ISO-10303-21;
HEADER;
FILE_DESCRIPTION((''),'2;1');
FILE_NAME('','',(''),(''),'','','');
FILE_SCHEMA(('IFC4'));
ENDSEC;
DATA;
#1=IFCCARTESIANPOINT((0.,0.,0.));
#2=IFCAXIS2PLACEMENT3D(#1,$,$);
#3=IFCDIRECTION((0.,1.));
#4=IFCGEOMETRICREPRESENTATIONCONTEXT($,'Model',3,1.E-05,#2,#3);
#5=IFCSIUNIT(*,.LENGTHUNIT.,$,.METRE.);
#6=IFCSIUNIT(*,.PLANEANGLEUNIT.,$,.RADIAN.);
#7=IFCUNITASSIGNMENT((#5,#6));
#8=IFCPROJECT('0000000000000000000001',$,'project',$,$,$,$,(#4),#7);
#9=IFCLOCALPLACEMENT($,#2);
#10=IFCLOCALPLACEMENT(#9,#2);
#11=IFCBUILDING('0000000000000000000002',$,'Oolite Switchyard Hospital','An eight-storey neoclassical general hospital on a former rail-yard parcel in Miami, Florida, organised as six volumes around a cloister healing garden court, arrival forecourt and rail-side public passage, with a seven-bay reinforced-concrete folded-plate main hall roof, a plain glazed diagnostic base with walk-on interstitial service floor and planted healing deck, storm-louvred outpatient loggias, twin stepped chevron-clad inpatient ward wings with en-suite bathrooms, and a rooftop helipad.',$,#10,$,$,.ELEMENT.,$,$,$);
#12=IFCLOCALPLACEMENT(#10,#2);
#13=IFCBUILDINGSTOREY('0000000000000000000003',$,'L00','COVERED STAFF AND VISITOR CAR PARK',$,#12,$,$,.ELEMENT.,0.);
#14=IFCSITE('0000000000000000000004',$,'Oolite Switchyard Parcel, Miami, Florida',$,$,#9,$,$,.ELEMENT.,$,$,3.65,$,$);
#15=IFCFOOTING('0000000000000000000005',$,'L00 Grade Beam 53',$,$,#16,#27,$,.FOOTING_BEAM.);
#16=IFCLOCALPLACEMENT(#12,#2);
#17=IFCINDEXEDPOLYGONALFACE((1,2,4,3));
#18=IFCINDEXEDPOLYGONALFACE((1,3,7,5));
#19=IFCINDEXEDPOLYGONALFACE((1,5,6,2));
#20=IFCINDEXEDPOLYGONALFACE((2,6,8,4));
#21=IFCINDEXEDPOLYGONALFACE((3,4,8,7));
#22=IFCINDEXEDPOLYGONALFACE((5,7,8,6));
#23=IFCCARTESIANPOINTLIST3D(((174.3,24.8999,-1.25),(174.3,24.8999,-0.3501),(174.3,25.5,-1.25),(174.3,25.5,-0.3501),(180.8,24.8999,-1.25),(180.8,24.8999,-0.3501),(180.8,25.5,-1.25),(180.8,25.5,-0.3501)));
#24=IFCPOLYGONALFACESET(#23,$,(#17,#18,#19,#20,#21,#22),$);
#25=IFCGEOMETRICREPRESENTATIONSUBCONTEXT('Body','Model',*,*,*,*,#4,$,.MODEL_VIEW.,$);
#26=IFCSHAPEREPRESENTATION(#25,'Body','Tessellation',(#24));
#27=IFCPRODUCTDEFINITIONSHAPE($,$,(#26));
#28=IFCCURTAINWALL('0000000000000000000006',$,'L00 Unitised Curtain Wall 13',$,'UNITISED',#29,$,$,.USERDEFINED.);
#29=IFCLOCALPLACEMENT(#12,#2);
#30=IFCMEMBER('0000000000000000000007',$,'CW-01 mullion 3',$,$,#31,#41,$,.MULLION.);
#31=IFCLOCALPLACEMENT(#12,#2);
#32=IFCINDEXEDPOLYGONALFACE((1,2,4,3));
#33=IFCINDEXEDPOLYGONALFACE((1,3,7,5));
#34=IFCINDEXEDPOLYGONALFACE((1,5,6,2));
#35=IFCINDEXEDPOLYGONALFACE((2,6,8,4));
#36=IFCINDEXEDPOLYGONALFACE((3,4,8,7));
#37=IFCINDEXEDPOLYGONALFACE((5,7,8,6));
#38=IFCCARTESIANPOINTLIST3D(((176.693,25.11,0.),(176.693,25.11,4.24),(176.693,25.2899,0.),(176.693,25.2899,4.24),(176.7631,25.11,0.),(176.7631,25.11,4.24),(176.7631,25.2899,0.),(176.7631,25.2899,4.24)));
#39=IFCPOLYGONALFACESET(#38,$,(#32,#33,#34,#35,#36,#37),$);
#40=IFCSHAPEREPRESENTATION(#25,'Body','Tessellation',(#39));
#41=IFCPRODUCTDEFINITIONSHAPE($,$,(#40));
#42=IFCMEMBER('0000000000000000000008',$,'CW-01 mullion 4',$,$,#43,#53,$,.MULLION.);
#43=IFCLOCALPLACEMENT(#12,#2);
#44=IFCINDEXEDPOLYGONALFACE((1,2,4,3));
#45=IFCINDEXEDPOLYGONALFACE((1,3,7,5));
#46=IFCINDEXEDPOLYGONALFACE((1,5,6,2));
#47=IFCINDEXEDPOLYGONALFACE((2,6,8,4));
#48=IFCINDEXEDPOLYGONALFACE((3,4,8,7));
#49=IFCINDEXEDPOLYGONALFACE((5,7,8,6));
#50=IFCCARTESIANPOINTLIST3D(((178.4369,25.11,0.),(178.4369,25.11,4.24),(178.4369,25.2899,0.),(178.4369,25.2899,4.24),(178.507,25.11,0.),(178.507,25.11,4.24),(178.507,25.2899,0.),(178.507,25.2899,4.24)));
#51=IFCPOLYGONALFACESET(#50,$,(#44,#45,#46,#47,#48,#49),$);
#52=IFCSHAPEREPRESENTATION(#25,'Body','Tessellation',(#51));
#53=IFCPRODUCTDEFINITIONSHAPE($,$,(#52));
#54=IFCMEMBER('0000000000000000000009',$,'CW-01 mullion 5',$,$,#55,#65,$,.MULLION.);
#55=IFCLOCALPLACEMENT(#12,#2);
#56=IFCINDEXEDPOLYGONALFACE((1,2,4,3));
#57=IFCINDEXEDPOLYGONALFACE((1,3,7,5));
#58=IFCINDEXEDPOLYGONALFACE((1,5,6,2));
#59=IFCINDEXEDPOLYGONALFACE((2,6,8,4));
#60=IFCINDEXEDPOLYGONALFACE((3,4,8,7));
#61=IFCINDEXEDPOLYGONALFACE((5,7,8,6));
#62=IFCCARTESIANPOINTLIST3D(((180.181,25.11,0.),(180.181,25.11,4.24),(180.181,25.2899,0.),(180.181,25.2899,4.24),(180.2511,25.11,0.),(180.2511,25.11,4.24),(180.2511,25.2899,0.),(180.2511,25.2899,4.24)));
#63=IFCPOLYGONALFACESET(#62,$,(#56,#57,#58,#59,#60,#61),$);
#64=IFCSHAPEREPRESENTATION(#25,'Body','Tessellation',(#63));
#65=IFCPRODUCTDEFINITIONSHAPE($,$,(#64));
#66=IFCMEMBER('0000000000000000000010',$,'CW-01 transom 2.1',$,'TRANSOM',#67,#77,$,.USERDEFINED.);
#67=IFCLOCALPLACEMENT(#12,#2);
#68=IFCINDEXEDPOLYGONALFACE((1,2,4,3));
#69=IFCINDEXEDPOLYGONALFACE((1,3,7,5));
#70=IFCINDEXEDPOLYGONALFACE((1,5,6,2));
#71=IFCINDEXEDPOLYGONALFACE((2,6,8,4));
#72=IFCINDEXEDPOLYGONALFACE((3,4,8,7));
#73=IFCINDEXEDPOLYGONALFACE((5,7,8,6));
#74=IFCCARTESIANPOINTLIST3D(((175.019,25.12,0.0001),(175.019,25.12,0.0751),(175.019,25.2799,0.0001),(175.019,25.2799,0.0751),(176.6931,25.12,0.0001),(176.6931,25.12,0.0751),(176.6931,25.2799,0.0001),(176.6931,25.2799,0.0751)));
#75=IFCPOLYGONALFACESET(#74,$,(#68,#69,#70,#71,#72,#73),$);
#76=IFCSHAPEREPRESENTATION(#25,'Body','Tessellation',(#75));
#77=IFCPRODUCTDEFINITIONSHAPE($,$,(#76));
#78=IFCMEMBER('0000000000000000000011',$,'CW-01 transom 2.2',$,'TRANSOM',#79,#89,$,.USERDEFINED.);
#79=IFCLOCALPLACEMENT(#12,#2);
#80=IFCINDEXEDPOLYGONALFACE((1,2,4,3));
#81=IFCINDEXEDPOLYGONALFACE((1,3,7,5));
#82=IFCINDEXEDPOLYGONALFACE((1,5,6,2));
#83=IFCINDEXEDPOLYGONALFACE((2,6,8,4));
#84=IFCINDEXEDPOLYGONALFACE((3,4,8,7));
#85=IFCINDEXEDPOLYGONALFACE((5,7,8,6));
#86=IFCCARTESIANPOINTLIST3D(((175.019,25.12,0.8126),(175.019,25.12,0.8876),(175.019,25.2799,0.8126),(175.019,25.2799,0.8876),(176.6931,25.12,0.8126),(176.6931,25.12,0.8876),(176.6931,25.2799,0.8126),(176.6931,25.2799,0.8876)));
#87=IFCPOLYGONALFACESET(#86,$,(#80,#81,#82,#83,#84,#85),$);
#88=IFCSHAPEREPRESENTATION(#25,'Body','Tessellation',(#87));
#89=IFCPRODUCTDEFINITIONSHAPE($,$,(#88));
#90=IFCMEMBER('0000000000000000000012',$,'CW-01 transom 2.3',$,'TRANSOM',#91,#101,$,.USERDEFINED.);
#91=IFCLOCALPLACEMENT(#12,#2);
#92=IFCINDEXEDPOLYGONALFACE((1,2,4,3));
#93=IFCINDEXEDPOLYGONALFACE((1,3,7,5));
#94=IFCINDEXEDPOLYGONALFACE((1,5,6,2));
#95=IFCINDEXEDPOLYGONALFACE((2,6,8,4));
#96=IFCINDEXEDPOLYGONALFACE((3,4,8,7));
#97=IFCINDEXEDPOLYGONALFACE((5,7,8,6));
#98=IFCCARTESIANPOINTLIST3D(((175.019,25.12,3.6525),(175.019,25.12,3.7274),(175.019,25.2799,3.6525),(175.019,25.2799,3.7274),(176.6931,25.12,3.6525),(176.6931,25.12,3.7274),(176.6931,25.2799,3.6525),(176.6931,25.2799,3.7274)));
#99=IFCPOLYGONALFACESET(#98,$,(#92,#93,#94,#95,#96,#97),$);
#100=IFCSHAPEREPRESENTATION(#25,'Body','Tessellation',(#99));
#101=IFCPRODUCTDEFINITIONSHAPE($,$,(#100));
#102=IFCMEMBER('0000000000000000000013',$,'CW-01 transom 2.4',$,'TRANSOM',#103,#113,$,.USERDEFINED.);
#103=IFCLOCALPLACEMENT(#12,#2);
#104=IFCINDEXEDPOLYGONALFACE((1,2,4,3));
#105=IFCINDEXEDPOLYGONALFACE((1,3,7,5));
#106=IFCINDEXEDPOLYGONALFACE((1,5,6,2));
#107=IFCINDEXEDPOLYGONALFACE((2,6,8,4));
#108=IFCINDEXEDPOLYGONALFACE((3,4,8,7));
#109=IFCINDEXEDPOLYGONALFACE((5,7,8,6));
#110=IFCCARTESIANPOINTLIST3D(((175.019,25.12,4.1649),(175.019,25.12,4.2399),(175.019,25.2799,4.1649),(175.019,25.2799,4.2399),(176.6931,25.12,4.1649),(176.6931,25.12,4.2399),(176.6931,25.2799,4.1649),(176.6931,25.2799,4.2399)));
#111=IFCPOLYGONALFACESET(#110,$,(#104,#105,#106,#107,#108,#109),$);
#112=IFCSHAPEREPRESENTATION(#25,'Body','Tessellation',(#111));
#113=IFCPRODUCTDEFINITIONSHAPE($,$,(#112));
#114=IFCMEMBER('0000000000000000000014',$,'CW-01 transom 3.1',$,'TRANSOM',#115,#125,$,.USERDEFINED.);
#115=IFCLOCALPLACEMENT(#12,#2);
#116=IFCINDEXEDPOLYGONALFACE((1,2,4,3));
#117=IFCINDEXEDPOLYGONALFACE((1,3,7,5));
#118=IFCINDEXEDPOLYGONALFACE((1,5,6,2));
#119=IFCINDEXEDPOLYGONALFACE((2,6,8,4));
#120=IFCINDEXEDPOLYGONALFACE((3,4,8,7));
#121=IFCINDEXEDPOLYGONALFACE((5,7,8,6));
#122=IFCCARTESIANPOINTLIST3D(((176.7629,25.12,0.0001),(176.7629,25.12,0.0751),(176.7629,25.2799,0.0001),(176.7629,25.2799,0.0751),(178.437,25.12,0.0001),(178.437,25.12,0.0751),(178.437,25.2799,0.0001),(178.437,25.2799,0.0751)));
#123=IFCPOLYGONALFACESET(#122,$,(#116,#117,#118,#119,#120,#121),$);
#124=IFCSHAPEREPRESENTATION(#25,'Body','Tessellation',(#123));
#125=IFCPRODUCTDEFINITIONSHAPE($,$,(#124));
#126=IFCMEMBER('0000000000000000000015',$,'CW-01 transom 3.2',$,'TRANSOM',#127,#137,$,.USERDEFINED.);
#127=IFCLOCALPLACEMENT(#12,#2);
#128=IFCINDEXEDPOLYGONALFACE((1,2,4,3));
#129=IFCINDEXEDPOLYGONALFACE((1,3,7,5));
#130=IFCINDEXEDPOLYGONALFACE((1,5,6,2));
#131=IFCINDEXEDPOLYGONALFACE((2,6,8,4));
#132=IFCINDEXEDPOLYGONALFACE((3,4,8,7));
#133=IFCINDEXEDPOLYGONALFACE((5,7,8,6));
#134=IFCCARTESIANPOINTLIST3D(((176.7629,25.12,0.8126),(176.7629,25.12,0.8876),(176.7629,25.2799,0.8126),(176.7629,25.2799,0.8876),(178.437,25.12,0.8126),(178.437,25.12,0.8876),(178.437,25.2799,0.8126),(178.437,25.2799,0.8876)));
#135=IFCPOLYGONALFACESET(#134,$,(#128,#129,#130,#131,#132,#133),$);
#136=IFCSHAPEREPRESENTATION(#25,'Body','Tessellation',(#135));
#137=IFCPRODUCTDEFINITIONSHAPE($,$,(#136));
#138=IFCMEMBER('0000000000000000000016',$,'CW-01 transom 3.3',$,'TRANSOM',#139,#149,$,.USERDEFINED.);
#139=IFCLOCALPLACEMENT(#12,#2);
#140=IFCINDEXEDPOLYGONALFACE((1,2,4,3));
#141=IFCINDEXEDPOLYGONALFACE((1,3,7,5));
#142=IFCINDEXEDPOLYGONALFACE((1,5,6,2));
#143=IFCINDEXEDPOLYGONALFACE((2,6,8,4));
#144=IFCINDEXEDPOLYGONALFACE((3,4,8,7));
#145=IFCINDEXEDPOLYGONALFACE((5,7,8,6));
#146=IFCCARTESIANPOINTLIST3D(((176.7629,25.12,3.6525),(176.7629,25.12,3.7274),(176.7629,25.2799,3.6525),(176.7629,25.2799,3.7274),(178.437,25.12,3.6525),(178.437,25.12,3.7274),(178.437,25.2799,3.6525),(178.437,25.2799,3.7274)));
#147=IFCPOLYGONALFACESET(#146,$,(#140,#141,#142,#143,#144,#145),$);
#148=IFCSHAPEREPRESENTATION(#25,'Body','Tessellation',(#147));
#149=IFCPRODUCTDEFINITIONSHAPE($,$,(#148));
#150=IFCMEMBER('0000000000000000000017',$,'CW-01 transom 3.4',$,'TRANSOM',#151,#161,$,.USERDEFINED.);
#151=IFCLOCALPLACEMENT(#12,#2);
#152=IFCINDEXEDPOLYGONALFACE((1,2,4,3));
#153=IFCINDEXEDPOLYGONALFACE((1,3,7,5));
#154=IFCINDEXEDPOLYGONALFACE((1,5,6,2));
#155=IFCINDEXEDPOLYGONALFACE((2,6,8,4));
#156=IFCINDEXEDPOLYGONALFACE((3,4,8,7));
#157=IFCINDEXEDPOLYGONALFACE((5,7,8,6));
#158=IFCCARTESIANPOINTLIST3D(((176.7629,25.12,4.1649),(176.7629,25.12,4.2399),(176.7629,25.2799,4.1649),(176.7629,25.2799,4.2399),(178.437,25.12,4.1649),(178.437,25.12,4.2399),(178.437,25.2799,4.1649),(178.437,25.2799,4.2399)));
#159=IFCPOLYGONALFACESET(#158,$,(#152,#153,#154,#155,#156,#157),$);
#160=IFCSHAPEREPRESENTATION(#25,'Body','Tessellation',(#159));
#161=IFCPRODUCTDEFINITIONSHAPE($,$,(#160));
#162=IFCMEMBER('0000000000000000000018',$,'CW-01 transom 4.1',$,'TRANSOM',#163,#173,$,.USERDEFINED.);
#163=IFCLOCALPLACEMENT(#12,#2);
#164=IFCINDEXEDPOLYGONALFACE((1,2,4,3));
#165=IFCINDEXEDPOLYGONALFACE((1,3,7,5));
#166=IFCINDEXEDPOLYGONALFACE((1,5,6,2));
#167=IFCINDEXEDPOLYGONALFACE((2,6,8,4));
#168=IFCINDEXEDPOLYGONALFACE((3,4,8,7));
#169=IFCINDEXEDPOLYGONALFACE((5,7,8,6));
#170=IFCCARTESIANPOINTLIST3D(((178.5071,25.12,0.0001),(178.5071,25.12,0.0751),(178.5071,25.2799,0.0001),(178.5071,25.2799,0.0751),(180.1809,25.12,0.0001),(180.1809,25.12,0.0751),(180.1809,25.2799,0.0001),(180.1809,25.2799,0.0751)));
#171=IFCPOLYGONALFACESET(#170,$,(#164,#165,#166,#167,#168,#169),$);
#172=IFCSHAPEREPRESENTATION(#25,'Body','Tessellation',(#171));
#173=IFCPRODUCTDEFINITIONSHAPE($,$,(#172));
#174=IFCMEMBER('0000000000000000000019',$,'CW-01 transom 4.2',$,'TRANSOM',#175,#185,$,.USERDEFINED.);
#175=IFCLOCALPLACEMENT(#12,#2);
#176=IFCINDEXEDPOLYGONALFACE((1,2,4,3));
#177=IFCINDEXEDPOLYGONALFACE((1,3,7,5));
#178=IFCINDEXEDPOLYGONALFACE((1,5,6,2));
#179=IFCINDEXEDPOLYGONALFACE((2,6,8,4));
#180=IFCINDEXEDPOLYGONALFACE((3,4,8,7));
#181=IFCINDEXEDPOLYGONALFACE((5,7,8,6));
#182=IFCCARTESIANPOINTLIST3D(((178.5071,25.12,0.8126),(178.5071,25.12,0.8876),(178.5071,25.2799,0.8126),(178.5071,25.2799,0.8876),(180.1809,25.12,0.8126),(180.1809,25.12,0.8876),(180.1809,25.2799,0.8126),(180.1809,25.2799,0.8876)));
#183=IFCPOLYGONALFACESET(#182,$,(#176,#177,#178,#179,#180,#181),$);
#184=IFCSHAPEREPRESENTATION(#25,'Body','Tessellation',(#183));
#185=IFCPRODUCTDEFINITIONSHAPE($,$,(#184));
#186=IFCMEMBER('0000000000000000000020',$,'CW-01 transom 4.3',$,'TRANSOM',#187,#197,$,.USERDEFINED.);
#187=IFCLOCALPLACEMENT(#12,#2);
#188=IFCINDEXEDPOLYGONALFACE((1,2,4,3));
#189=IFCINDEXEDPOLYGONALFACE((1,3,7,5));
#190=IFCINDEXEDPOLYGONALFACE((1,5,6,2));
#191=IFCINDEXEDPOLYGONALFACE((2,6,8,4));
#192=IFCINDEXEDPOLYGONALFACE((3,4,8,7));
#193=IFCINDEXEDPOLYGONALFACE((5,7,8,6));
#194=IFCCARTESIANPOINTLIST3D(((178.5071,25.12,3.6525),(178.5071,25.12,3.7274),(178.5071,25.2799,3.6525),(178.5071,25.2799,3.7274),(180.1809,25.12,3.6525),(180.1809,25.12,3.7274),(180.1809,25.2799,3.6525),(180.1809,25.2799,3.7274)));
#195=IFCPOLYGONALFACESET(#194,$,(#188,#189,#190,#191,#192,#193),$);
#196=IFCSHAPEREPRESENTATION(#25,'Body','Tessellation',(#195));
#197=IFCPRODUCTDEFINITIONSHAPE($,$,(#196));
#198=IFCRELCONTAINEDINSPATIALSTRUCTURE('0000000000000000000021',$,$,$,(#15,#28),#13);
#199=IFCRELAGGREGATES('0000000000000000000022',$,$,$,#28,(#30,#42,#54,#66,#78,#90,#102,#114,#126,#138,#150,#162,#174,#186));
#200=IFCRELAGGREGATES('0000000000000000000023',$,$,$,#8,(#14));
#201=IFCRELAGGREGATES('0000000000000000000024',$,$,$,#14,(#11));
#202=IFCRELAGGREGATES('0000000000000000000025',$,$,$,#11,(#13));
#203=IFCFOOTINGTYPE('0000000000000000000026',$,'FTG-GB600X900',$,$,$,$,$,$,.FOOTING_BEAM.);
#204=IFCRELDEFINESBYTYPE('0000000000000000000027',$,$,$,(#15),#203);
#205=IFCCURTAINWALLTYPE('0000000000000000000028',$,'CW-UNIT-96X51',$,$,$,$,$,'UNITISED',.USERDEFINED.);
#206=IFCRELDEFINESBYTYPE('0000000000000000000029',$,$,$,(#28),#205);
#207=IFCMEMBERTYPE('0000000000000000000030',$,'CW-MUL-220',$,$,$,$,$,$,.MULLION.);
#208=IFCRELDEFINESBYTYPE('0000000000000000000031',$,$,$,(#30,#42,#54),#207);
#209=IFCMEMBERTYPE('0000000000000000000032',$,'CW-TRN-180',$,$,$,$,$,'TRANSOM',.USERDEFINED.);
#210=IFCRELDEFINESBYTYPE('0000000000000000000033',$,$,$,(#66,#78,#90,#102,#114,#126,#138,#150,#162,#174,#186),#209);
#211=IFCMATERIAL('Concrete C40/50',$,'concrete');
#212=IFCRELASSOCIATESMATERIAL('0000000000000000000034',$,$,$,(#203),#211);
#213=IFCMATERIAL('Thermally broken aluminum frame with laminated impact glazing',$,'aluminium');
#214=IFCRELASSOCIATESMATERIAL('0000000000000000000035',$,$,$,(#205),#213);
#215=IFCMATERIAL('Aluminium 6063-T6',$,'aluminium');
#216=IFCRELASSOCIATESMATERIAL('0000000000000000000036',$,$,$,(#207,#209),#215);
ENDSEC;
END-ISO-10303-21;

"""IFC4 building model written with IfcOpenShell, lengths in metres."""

from ifc_helpers import new_model, si_unit, direction, frame, origin, origin_2d, place, context, subcontext, project, spatial, rectangle, extrude, material, material_profile, profile_set, type_object, element, aggregate, save


model = new_model("IFC4")

# Units and contexts
model_context = context("Model", 3, precision=1e-05, world=origin(), true_north=direction((0.0, 1.0)))
body_context = subcontext(model_context, "Body", "Model", "MODEL_VIEW")
ifc_project = project(units=[si_unit("LENGTHUNIT", "METRE"), si_unit("PLANEANGLEUNIT", "RADIAN")], contexts=[model_context])

# Site, building, storey
site_placement = place(None, origin())
site = spatial("IfcSite", under=ifc_project, at=site_placement, Name="Oolite Switchyard Parcel, Miami, Florida", CompositionType="ELEMENT", RefElevation=3.65)
building_placement = place(site_placement, origin())
building = spatial("IfcBuilding", under=site, at=building_placement, Name="Oolite Switchyard Hospital", Description="An eight-storey neoclassical general hospital on a former rail-yard parcel in Miami, Florida, organised as six volumes around a cloister healing garden court, arrival forecourt and rail-side public passage, with a seven-bay reinforced-concrete folded-plate main hall roof, a plain glazed diagnostic base with walk-on interstitial service floor and planted healing deck, storm-louvred outpatient loggias, twin stepped chevron-clad inpatient ward wings with en-suite bathrooms, and a rooftop helipad.", CompositionType="ELEMENT")
storey_placement = place(building_placement, origin())
storey = spatial("IfcBuildingStorey", under=building, at=storey_placement, Name="L00", Description="COVERED STAFF AND VISITOR CAR PARK", CompositionType="ELEMENT", Elevation=0.0)

# Footing
ifc_material_1 = material(Name="Concrete C40/50", Category="concrete")
footing_type = type_object("IfcFootingType", Name="FTG-GB600X900", PredefinedType="FOOTING_BEAM", material=ifc_material_1)
footing_placement = place(storey_placement, frame((177.55, 25.2, -1.25), z_axis=(0.0, 0.0, 1.0), x_axis=(1.0, 0.0, 0.0)))
element("IfcFooting", 1, at=footing_placement, inside=storey, type_object=footing_type, Name="L00 Grade Beam 53", PredefinedType="FOOTING_BEAM", context=body_context, shape_type="SweptSolid", body=[
    extrude(rectangle(XDim=6.5, YDim=0.6001, at=origin_2d()), origin(), (0.0, 0.0, 1.0), 0.8999),
])

# Curtain wall, members
ifc_material_2 = material(Name="Thermally broken aluminum frame with laminated impact glazing", Category="aluminium")
curtain_wall_type = type_object("IfcCurtainWallType", Name="CW-UNIT-96X51", ElementType="UNITISED", PredefinedType="USERDEFINED", material=ifc_material_2)
curtain_wall_placement = place(storey_placement, origin())
curtain_wall = element("IfcCurtainWall", 2, at=curtain_wall_placement, inside=storey, type_object=curtain_wall_type, Name="L00 Unitised Curtain Wall 13", ObjectType="UNITISED", PredefinedType="USERDEFINED")
ifc_material_3 = material(Name="Aluminium 6063-T6", Category="aluminium")
ifc_material_profile_1 = material_profile(ifc_material_3, rectangle(XDim=0.1799, YDim=0.0701, at=origin_2d()), Name="CWM70X180")
ifc_profile_set_1 = profile_set([ifc_material_profile_1], Name="Aluminium 6063-T6")
member_type_1 = type_object("IfcMemberType", Name="CW-MUL-220", PredefinedType="MULLION", material=ifc_profile_set_1)
member_1_placement = place(storey_placement, frame((176.728, 25.2, 0.0), z_axis=(0.0, 0.0, 1.0), x_axis=(0.0, 1.0, 0.0)))
member_1 = element("IfcMember", 3, at=member_1_placement, type_object=member_type_1, Name="CW-01 mullion 3", PredefinedType="MULLION", context=body_context, shape_type="SweptSolid", body=[
    extrude(rectangle(XDim=0.1799, YDim=0.0701, at=origin_2d()), origin(), (0.0, 0.0, 1.0), 4.24),
])
member_2_placement = place(storey_placement, frame((178.4719, 25.2, 0.0), z_axis=(0.0, 0.0, 1.0), x_axis=(0.0, 1.0, 0.0)))
member_2 = element("IfcMember", 4, at=member_2_placement, type_object=member_type_1, Name="CW-01 mullion 4", PredefinedType="MULLION", context=body_context, shape_type="SweptSolid", body=[
    extrude(rectangle(XDim=0.1799, YDim=0.0701, at=origin_2d()), origin(), (0.0, 0.0, 1.0), 4.24),
])
member_3_placement = place(storey_placement, frame((180.2161, 25.2, 0.0), z_axis=(0.0, 0.0, 1.0), x_axis=(0.0, 1.0, 0.0)))
member_3 = element("IfcMember", 5, at=member_3_placement, type_object=member_type_1, Name="CW-01 mullion 5", PredefinedType="MULLION", context=body_context, shape_type="SweptSolid", body=[
    extrude(rectangle(XDim=0.1799, YDim=0.0701, at=origin_2d()), origin(), (0.0, 0.0, 1.0), 4.24),
])
ifc_material_profile_2 = material_profile(ifc_material_3, rectangle(XDim=0.1599, YDim=0.075, at=origin_2d()), Name="CWT75X160")
ifc_profile_set_2 = profile_set([ifc_material_profile_2], Name="Aluminium 6063-T6")
member_type_2 = type_object("IfcMemberType", Name="CW-TRN-180", ElementType="TRANSOM", PredefinedType="USERDEFINED", material=ifc_profile_set_2)
member_4_placement = place(storey_placement, frame((175.019, 25.2, 0.0376), z_axis=(1.0, 0.0, 0.0), x_axis=(0.0, 1.0, 0.0)))
member_4 = element("IfcMember", 6, at=member_4_placement, type_object=member_type_2, Name="CW-01 transom 2.1", ObjectType="TRANSOM", PredefinedType="USERDEFINED", context=body_context, shape_type="SweptSolid", body=[
    extrude(rectangle(XDim=0.1599, YDim=0.075, at=origin_2d()), origin(), (0.0, 0.0, 1.0), 1.6741),
])
member_5_placement = place(storey_placement, frame((175.019, 25.2, 0.8501), z_axis=(1.0, 0.0, 0.0), x_axis=(0.0, 1.0, 0.0)))
member_5 = element("IfcMember", 7, at=member_5_placement, type_object=member_type_2, Name="CW-01 transom 2.2", ObjectType="TRANSOM", PredefinedType="USERDEFINED", context=body_context, shape_type="SweptSolid", body=[
    extrude(rectangle(XDim=0.1599, YDim=0.075, at=origin_2d()), origin(), (0.0, 0.0, 1.0), 1.6741),
])
member_6_placement = place(storey_placement, frame((175.019, 25.2, 3.6899), z_axis=(1.0, 0.0, 0.0), x_axis=(0.0, 1.0, 0.0)))
member_6 = element("IfcMember", 8, at=member_6_placement, type_object=member_type_2, Name="CW-01 transom 2.3", ObjectType="TRANSOM", PredefinedType="USERDEFINED", context=body_context, shape_type="SweptSolid", body=[
    extrude(rectangle(XDim=0.1599, YDim=0.075, at=origin_2d()), origin(), (0.0, 0.0, 1.0), 1.6741),
])
member_7_placement = place(storey_placement, frame((175.019, 25.2, 4.2024), z_axis=(1.0, 0.0, 0.0), x_axis=(0.0, 1.0, 0.0)))
member_7 = element("IfcMember", 9, at=member_7_placement, type_object=member_type_2, Name="CW-01 transom 2.4", ObjectType="TRANSOM", PredefinedType="USERDEFINED", context=body_context, shape_type="SweptSolid", body=[
    extrude(rectangle(XDim=0.1599, YDim=0.075, at=origin_2d()), origin(), (0.0, 0.0, 1.0), 1.6741),
])
member_8_placement = place(storey_placement, frame((176.7629, 25.2, 0.0376), z_axis=(1.0, 0.0, 0.0), x_axis=(0.0, 1.0, 0.0)))
member_8 = element("IfcMember", 10, at=member_8_placement, type_object=member_type_2, Name="CW-01 transom 3.1", ObjectType="TRANSOM", PredefinedType="USERDEFINED", context=body_context, shape_type="SweptSolid", body=[
    extrude(rectangle(XDim=0.1599, YDim=0.075, at=origin_2d()), origin(), (0.0, 0.0, 1.0), 1.6741),
])
member_9_placement = place(storey_placement, frame((176.7629, 25.2, 0.8501), z_axis=(1.0, 0.0, 0.0), x_axis=(0.0, 1.0, 0.0)))
member_9 = element("IfcMember", 11, at=member_9_placement, type_object=member_type_2, Name="CW-01 transom 3.2", ObjectType="TRANSOM", PredefinedType="USERDEFINED", context=body_context, shape_type="SweptSolid", body=[
    extrude(rectangle(XDim=0.1599, YDim=0.075, at=origin_2d()), origin(), (0.0, 0.0, 1.0), 1.6741),
])
member_10_placement = place(storey_placement, frame((176.7629, 25.2, 3.6899), z_axis=(1.0, 0.0, 0.0), x_axis=(0.0, 1.0, 0.0)))
member_10 = element("IfcMember", 12, at=member_10_placement, type_object=member_type_2, Name="CW-01 transom 3.3", ObjectType="TRANSOM", PredefinedType="USERDEFINED", context=body_context, shape_type="SweptSolid", body=[
    extrude(rectangle(XDim=0.1599, YDim=0.075, at=origin_2d()), origin(), (0.0, 0.0, 1.0), 1.6741),
])
member_11_placement = place(storey_placement, frame((176.7629, 25.2, 4.2024), z_axis=(1.0, 0.0, 0.0), x_axis=(0.0, 1.0, 0.0)))
member_11 = element("IfcMember", 13, at=member_11_placement, type_object=member_type_2, Name="CW-01 transom 3.4", ObjectType="TRANSOM", PredefinedType="USERDEFINED", context=body_context, shape_type="SweptSolid", body=[
    extrude(rectangle(XDim=0.1599, YDim=0.075, at=origin_2d()), origin(), (0.0, 0.0, 1.0), 1.6741),
])
member_12_placement = place(storey_placement, frame((178.5071, 25.2, 0.0376), z_axis=(1.0, 0.0, 0.0), x_axis=(0.0, 1.0, 0.0)))
member_12 = element("IfcMember", 14, at=member_12_placement, type_object=member_type_2, Name="CW-01 transom 4.1", ObjectType="TRANSOM", PredefinedType="USERDEFINED", context=body_context, shape_type="SweptSolid", body=[
    extrude(rectangle(XDim=0.1599, YDim=0.075, at=origin_2d()), origin(), (0.0, 0.0, 1.0), 1.6738),
])
member_13_placement = place(storey_placement, frame((178.5071, 25.2, 0.8501), z_axis=(1.0, 0.0, 0.0), x_axis=(0.0, 1.0, 0.0)))
member_13 = element("IfcMember", 15, at=member_13_placement, type_object=member_type_2, Name="CW-01 transom 4.2", ObjectType="TRANSOM", PredefinedType="USERDEFINED", context=body_context, shape_type="SweptSolid", body=[
    extrude(rectangle(XDim=0.1599, YDim=0.075, at=origin_2d()), origin(), (0.0, 0.0, 1.0), 1.6738),
])
member_14_placement = place(storey_placement, frame((178.5071, 25.2, 3.6899), z_axis=(1.0, 0.0, 0.0), x_axis=(0.0, 1.0, 0.0)))
member_14 = element("IfcMember", 16, at=member_14_placement, type_object=member_type_2, Name="CW-01 transom 4.3", ObjectType="TRANSOM", PredefinedType="USERDEFINED", context=body_context, shape_type="SweptSolid", body=[
    extrude(rectangle(XDim=0.1599, YDim=0.075, at=origin_2d()), origin(), (0.0, 0.0, 1.0), 1.6738),
])
aggregate(curtain_wall, [member_1, member_2, member_3, member_4, member_5, member_6, member_7, member_8, member_9, member_10, member_11, member_12, member_13, member_14])

save(model, "model.ifc")
